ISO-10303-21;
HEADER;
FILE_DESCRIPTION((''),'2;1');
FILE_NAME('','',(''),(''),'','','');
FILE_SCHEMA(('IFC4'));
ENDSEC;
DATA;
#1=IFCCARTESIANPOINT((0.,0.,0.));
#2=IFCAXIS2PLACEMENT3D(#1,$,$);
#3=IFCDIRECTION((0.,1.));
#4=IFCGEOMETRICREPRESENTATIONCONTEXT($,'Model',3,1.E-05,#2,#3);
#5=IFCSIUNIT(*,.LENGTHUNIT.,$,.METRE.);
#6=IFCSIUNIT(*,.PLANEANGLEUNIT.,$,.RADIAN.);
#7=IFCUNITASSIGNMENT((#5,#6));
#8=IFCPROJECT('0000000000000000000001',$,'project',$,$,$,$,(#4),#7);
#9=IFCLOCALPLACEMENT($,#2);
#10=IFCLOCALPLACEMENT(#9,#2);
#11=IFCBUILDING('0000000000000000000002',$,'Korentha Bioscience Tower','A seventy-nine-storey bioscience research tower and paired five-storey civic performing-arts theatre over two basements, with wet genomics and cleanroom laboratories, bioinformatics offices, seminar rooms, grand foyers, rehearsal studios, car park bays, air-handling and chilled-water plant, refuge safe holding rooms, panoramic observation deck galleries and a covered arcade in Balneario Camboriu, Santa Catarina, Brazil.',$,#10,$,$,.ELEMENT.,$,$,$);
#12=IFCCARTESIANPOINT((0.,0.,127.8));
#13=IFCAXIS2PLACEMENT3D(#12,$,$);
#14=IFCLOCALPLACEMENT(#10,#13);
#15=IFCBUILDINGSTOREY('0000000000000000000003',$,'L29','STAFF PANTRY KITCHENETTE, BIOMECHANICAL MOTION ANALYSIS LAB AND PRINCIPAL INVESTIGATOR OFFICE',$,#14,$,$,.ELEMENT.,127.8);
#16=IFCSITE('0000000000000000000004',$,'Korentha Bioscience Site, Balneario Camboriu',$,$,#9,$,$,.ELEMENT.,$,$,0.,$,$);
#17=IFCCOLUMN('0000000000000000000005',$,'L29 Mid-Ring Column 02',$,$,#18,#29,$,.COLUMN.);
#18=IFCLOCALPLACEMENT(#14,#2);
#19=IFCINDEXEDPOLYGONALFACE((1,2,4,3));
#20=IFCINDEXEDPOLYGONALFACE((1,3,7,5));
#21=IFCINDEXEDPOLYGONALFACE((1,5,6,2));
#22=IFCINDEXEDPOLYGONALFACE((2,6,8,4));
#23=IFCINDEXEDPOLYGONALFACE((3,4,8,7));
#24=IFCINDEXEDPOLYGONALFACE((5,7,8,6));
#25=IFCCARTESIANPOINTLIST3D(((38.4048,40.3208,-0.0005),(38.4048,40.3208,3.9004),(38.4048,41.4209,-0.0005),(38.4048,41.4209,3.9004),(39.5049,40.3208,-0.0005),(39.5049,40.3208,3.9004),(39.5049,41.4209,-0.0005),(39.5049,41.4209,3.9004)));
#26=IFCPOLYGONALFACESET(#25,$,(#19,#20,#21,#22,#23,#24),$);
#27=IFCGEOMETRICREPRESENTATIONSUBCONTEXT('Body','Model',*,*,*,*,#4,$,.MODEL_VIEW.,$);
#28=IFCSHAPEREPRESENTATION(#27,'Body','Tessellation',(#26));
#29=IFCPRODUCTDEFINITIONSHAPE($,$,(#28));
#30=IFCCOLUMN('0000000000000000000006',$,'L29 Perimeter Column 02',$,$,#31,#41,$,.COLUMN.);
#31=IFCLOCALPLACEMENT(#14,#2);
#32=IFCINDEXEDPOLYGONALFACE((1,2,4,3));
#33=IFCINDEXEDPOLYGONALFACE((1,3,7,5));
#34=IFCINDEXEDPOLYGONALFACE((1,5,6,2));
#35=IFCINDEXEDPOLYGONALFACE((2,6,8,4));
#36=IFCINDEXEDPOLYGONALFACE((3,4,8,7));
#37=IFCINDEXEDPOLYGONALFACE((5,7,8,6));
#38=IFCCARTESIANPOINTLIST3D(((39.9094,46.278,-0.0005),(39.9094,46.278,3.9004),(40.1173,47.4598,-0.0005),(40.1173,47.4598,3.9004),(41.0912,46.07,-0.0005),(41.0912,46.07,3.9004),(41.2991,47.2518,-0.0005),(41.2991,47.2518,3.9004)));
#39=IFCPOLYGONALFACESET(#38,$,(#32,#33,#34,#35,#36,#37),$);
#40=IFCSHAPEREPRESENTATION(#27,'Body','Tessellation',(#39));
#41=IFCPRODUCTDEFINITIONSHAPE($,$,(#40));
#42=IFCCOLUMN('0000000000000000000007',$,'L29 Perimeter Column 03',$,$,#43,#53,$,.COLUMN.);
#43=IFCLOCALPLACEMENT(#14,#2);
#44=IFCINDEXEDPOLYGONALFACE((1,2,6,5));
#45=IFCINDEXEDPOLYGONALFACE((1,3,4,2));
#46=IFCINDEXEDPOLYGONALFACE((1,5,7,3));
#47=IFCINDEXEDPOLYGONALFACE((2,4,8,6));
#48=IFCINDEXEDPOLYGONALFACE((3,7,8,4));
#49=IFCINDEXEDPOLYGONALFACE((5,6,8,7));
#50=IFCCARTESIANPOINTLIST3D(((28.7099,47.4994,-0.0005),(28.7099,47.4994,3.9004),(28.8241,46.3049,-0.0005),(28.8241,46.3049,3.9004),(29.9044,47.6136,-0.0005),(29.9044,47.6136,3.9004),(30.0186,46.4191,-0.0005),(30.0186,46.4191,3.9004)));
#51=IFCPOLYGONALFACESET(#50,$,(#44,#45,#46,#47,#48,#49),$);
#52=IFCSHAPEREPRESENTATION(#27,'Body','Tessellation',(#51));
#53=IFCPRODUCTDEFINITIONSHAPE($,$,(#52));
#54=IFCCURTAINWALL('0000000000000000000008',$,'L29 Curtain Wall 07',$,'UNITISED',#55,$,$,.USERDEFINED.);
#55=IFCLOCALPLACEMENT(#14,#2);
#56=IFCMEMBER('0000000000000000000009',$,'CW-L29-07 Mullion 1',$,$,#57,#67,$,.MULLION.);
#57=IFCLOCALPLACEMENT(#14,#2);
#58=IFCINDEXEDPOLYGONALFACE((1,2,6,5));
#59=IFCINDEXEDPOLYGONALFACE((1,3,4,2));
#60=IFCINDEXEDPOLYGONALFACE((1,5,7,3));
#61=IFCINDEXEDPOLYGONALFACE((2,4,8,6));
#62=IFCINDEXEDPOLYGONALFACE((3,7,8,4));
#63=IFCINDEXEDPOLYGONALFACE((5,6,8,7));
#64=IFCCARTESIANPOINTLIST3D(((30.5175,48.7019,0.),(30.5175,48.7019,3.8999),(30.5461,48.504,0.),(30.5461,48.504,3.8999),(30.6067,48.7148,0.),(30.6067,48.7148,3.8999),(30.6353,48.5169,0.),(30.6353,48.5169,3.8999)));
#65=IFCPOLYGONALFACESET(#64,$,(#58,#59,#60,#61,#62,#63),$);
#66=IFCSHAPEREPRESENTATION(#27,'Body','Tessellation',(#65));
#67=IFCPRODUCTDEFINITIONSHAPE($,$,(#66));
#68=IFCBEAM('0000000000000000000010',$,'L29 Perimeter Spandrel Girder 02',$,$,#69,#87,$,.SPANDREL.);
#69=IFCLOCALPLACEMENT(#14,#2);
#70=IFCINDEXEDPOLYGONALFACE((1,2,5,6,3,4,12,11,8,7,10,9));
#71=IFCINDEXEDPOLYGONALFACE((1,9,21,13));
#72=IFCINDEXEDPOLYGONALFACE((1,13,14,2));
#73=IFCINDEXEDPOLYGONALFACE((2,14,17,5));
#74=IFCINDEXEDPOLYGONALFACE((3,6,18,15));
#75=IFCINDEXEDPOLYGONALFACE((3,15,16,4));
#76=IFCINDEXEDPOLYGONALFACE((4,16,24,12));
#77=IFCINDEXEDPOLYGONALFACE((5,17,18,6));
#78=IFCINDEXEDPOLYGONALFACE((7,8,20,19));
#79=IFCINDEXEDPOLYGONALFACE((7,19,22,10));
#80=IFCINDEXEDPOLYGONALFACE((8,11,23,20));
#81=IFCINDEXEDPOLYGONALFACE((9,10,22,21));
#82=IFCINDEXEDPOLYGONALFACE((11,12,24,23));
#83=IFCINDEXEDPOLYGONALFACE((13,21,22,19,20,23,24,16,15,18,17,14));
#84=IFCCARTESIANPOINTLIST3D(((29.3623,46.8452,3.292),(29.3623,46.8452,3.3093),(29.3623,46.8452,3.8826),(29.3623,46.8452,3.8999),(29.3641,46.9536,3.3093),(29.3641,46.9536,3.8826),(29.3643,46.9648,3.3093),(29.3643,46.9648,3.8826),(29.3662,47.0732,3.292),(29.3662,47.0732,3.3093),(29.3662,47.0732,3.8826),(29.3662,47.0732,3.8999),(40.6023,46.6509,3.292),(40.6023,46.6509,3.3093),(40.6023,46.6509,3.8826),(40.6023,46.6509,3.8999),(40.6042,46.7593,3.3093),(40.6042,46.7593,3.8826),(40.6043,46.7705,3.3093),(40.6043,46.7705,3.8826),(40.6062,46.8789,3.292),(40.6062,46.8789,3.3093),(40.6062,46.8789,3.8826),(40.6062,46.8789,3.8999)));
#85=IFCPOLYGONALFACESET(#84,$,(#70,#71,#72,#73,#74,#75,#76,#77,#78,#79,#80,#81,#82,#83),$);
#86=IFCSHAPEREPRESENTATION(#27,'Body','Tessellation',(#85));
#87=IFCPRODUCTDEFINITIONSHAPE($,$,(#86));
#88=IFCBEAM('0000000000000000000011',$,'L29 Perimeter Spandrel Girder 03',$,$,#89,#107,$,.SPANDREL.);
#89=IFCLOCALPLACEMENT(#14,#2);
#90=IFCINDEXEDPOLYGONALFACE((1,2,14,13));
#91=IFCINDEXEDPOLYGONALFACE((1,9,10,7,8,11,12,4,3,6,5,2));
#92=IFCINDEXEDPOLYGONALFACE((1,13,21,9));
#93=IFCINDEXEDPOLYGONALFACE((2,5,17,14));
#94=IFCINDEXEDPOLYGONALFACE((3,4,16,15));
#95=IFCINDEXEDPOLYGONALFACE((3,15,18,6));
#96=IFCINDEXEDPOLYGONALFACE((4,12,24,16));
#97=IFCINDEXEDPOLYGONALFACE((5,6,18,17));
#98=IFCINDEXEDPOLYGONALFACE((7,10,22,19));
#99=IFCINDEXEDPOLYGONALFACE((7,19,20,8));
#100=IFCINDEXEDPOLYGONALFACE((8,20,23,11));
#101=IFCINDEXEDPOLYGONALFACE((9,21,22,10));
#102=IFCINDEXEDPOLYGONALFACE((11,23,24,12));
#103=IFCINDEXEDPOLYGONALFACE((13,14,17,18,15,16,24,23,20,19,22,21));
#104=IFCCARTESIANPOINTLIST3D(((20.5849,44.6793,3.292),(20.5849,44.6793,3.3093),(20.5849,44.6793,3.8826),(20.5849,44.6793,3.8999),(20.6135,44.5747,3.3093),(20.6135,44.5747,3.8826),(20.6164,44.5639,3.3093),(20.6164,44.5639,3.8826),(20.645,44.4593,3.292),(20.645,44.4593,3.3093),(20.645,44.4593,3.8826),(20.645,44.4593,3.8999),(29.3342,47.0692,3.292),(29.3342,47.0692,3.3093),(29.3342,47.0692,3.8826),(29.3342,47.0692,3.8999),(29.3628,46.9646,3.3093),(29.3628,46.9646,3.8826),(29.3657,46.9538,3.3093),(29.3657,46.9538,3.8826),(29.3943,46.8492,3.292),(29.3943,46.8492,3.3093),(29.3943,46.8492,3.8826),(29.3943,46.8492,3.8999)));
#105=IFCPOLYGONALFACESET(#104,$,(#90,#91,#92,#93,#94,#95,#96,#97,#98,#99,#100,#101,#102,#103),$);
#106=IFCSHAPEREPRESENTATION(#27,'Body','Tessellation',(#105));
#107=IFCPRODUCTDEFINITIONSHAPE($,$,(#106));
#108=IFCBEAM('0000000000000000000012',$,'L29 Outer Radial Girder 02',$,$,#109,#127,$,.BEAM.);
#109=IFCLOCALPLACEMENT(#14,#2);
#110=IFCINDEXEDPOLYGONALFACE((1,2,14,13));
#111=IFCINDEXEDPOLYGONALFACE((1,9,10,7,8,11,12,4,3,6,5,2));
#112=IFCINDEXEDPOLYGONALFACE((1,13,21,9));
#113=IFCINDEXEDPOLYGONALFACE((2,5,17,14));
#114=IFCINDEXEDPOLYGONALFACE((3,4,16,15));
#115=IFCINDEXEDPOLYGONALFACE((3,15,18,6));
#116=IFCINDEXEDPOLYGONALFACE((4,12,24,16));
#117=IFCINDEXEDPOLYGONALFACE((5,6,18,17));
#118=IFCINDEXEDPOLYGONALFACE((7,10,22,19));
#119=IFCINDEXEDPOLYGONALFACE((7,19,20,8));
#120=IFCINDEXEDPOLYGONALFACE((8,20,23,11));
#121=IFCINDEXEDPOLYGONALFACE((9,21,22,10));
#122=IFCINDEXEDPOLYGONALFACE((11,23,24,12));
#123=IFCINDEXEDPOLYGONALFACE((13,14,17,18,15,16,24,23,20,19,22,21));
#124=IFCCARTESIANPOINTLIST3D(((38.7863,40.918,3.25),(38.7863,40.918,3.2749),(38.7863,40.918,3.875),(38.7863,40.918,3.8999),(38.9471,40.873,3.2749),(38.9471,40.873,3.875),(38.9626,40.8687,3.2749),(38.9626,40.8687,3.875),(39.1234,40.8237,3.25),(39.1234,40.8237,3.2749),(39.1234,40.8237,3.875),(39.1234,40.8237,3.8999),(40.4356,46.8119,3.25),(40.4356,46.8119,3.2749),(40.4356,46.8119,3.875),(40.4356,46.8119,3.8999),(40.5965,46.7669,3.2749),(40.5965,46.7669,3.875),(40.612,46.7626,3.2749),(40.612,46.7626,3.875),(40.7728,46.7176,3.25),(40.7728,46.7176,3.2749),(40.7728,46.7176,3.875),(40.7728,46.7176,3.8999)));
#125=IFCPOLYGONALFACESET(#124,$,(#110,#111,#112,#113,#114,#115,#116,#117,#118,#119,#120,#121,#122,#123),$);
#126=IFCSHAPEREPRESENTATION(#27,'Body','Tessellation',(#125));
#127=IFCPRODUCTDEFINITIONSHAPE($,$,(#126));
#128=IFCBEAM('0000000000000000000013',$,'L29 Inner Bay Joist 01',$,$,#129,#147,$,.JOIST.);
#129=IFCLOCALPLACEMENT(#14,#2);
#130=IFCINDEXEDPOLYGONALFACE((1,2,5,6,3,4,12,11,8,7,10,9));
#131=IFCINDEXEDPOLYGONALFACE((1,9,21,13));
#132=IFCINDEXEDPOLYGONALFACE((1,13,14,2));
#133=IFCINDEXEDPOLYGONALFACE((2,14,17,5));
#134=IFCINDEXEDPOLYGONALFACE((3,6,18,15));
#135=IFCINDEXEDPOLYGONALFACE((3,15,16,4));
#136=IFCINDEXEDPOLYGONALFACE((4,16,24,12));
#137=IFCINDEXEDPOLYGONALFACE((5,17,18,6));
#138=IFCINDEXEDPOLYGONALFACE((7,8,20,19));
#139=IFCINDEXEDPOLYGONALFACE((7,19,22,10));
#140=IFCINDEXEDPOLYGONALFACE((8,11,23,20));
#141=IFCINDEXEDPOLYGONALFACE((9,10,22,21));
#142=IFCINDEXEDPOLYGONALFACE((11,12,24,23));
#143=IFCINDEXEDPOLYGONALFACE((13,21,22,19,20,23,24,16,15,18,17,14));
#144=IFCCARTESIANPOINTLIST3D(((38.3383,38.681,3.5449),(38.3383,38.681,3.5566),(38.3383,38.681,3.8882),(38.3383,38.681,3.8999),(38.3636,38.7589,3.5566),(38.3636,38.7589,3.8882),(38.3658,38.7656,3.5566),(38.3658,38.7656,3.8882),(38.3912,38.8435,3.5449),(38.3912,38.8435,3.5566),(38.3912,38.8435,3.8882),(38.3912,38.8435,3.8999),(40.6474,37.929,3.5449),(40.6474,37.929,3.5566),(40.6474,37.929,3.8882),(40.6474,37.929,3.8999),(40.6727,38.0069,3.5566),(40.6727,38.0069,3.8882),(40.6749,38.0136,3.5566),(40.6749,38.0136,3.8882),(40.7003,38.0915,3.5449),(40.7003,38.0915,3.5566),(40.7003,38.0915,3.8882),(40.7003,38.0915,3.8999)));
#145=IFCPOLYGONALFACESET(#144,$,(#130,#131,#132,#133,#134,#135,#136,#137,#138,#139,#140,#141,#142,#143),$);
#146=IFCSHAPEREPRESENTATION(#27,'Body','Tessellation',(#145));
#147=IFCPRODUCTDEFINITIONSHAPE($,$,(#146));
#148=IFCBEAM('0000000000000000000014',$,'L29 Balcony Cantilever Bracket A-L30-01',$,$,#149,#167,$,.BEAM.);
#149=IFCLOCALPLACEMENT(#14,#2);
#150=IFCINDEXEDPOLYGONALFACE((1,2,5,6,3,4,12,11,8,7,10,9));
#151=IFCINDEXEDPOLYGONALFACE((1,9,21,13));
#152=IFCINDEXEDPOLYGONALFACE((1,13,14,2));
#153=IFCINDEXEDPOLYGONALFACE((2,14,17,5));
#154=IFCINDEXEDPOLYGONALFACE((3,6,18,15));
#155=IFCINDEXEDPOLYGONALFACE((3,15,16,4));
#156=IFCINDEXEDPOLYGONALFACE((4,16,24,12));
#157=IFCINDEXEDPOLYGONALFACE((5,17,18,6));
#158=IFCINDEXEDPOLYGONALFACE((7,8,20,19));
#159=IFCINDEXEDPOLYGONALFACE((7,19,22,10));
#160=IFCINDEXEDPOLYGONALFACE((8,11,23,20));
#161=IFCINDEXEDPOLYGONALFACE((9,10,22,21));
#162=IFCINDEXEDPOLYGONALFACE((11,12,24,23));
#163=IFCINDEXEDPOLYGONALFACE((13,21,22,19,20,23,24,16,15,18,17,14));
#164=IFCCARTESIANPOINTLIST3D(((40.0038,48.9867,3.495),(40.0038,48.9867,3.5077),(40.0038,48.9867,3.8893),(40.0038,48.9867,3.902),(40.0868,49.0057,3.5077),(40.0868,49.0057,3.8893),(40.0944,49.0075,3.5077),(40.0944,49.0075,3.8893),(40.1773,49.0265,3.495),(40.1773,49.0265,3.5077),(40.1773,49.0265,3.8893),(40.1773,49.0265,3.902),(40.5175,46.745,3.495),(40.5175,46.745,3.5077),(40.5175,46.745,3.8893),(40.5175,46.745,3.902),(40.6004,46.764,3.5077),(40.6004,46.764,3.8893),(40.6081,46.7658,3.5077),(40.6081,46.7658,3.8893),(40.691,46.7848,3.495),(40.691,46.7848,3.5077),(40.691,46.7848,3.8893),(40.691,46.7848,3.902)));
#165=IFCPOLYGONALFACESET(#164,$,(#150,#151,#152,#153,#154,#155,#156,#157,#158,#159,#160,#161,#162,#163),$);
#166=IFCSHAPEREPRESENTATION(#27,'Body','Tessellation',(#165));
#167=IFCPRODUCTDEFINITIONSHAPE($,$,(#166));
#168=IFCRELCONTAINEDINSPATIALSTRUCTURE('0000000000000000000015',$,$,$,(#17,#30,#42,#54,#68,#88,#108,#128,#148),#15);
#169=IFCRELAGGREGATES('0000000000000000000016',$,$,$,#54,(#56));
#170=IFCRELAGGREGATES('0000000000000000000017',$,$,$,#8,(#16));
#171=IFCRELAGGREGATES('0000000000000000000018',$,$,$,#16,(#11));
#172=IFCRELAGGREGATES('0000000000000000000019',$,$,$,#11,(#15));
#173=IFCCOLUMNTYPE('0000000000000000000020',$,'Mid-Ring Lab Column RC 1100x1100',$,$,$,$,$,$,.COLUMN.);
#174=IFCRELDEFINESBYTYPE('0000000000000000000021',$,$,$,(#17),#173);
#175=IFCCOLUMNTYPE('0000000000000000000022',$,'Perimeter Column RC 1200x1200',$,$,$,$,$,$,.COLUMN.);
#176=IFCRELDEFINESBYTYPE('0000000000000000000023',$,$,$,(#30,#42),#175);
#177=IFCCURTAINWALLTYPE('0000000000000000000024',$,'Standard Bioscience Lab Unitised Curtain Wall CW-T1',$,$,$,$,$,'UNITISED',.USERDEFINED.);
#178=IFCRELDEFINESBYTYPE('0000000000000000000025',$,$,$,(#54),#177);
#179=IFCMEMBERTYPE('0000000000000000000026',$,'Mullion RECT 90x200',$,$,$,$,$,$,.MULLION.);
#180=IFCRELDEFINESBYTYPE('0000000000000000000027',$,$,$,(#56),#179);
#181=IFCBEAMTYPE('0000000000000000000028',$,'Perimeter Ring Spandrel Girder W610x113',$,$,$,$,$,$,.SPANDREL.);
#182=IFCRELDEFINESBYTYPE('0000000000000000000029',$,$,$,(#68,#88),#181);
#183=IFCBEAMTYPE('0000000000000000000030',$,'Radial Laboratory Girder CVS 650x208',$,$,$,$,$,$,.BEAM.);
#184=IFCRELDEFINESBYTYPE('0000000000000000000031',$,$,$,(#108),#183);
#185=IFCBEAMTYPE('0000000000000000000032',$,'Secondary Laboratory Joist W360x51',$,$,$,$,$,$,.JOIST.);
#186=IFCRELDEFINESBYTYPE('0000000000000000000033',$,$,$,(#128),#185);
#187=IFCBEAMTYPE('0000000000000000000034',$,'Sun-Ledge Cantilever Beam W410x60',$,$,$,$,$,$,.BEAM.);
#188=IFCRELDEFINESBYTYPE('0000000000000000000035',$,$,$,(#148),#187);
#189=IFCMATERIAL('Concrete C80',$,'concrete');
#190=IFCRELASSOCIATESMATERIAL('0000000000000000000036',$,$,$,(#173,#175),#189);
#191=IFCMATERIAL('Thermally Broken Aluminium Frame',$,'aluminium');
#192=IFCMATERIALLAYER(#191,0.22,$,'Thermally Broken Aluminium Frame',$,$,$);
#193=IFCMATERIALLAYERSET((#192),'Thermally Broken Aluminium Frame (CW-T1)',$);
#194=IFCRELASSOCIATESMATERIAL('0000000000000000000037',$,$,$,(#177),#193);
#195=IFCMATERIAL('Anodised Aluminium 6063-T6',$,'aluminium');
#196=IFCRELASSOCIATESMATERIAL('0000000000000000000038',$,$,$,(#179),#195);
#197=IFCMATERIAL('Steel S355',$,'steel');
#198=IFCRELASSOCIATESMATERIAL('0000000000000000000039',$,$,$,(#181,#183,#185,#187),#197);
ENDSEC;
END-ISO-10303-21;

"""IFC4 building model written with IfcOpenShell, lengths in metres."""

from ifc_helpers import new_model, si_unit, direction, frame, origin, origin_2d, place, context, subcontext, project, spatial, rectangle, i_section, extrude, material, layer, layer_set, material_profile, profile_set, type_object, element, aggregate, save


model = new_model("IFC4")

# Units and contexts
model_context = context("Model", 3, precision=1e-05, world=origin(), true_north=direction((0.0, 1.0)))
body_context = subcontext(model_context, "Body", "Model", "MODEL_VIEW")
ifc_project = project(units=[si_unit("LENGTHUNIT", "METRE"), si_unit("PLANEANGLEUNIT", "RADIAN")], contexts=[model_context])

# Site, building, storey
site_placement = place(None, origin())
site = spatial("IfcSite", under=ifc_project, at=site_placement, Name="Korentha Bioscience Site, Balneario Camboriu", CompositionType="ELEMENT", RefElevation=0.0)
building_placement = place(site_placement, origin())
building = spatial("IfcBuilding", under=site, at=building_placement, Name="Korentha Bioscience Tower", Description="A seventy-nine-storey bioscience research tower and paired five-storey civic performing-arts theatre over two basements, with wet genomics and cleanroom laboratories, bioinformatics offices, seminar rooms, grand foyers, rehearsal studios, car park bays, air-handling and chilled-water plant, refuge safe holding rooms, panoramic observation deck galleries and a covered arcade in Balneario Camboriu, Santa Catarina, Brazil.", CompositionType="ELEMENT")
storey_placement = place(building_placement, frame((0.0, 0.0, 127.8)))
storey = spatial("IfcBuildingStorey", under=building, at=storey_placement, Name="L29", Description="STAFF PANTRY KITCHENETTE, BIOMECHANICAL MOTION ANALYSIS LAB AND PRINCIPAL INVESTIGATOR OFFICE", CompositionType="ELEMENT", Elevation=127.8)

# Columns
ifc_material_1 = material(Name="Concrete C80", Category="concrete")
ifc_material_profile_1 = material_profile(ifc_material_1, rectangle(XDim=1.1001, YDim=1.1001, at=origin_2d()), Name="Concrete C80")
ifc_profile_set_1 = profile_set([ifc_material_profile_1], Name="Concrete C80 (COL-MR11)")
column_type_1 = type_object("IfcColumnType", Name="Mid-Ring Lab Column RC 1100x1100", PredefinedType="COLUMN", material=ifc_profile_set_1)
column_placement = place(storey_placement, frame((38.9548, 40.8708, -0.0005), z_axis=(0.0, 0.0, 1.0), x_axis=(1.0, 0.0, 0.0)))
element("IfcColumn", 1, at=column_placement, inside=storey, type_object=column_type_1, Name="L29 Mid-Ring Column 02", PredefinedType="COLUMN", context=body_context, shape_type="SweptSolid", body=[
    extrude(rectangle(XDim=1.1001, YDim=1.1001, at=origin_2d()), origin(), (0.0, 0.0, 1.0), 3.9009),
])
ifc_material_profile_2 = material_profile(ifc_material_1, rectangle(XDim=1.2, YDim=1.2, at=origin_2d()), Name="Concrete C80")
ifc_profile_set_2 = profile_set([ifc_material_profile_2], Name="Concrete C80 (COL-P12)")
column_type_2 = type_object("IfcColumnType", Name="Perimeter Column RC 1200x1200", PredefinedType="COLUMN", material=ifc_profile_set_2)
for number, where, z_axis, x_axis, name in (
    (2, (40.6042, 46.7649, -0.0005), (0.0, 0.0, 1.0), (-0.984868, 0.173304, 0.0), "L29 Perimeter Column 02"),
    (3, (29.3643, 46.9592, -0.0005), (0.0, 0.0, 1.0), (0.995463, 0.095151, 0.0), "L29 Perimeter Column 03"),
):
    element("IfcColumn", number, at=place(storey_placement, frame(where, z_axis=z_axis, x_axis=x_axis)), inside=storey, type_object=column_type_2, Name=name, PredefinedType="COLUMN", context=body_context, shape_type="SweptSolid", body=[
        extrude(rectangle(XDim=1.2, YDim=1.2, at=origin_2d()), origin(), (0.0, 0.0, 1.0), 3.9009),
    ])

# Curtain wall, member
ifc_material_2 = material(Name="Thermally Broken Aluminium Frame", Category="aluminium")
ifc_layer_1 = layer(ifc_material_2, 0.22, Name="Thermally Broken Aluminium Frame")
ifc_layer_set_1 = layer_set([ifc_layer_1], Name="Thermally Broken Aluminium Frame (CW-T1)")
curtain_wall_type = type_object("IfcCurtainWallType", Name="Standard Bioscience Lab Unitised Curtain Wall CW-T1", ElementType="UNITISED", PredefinedType="USERDEFINED", material=ifc_layer_set_1)
curtain_wall_placement = place(storey_placement, origin())
curtain_wall = element("IfcCurtainWall", 4, at=curtain_wall_placement, inside=storey, type_object=curtain_wall_type, Name="L29 Curtain Wall 07", ObjectType="UNITISED", PredefinedType="USERDEFINED")
ifc_material_3 = material(Name="Anodised Aluminium 6063-T6", Category="aluminium")
ifc_material_profile_3 = material_profile(ifc_material_3, rectangle(XDim=0.0901, YDim=0.2, at=origin_2d()), Name="Anodised Aluminium 6063-T6")
ifc_profile_set_3 = profile_set([ifc_material_profile_3], Name="Anodised Aluminium 6063-T6 (CW-MUL)")
member_type_1 = type_object("IfcMemberType", Name="Mullion RECT 90x200", PredefinedType="MULLION", material=ifc_profile_set_3)
member_1_placement = place(storey_placement, frame((30.5764, 48.6094, 0.0), z_axis=(0.0, 0.0, 1.0), x_axis=(-0.989738, -0.142892, 0.0)))
member_1 = element("IfcMember", 5, at=member_1_placement, type_object=member_type_1, Name="CW-L29-07 Mullion 1", PredefinedType="MULLION", context=body_context, shape_type="SweptSolid", body=[
    extrude(rectangle(XDim=0.0901, YDim=0.2, at=origin_2d()), origin(), (0.0, 0.0, 1.0), 3.8999),
])

# Beams
ifc_material_4 = material(Name="Steel S355", Category="steel")
ifc_material_profile_4 = material_profile(ifc_material_4, i_section(OverallWidth=0.228, OverallDepth=0.6079, WebThickness=0.0112, FlangeThickness=0.0173, at=origin_2d()), Name="Steel S355")
ifc_profile_set_4 = profile_set([ifc_material_profile_4], Name="Steel S355 (SB-610)")
beam_type_1 = type_object("IfcBeamType", Name="Perimeter Ring Spandrel Girder W610x113", PredefinedType="SPANDREL", material=ifc_profile_set_4)
beam_1_placement = place(storey_placement, frame((40.6042, 46.7649, 3.5959), z_axis=(-0.999851, 0.017287, 0.0), x_axis=(-0.017287, -0.999851, 0.0)))
element("IfcBeam", 6, at=beam_1_placement, inside=storey, type_object=beam_type_1, Name="L29 Perimeter Spandrel Girder 02", PredefinedType="SPANDREL", context=body_context, shape_type="SweptSolid", body=[
    extrude(i_section(OverallWidth=0.228, OverallDepth=0.6079, WebThickness=0.0112, FlangeThickness=0.0173, at=origin_2d()), origin(), (0.0, 0.0, 1.0), 11.2417),
])
beam_2_placement = place(storey_placement, frame((29.3643, 46.9592, 3.5959), z_axis=(-0.964659, -0.2635, 0.0), x_axis=(0.2635, -0.964659, 0.0)))
element("IfcBeam", 7, at=beam_2_placement, inside=storey, type_object=beam_type_1, Name="L29 Perimeter Spandrel Girder 03", PredefinedType="SPANDREL", context=body_context, shape_type="SweptSolid", body=[
    extrude(i_section(OverallWidth=0.228, OverallDepth=0.6079, WebThickness=0.0112, FlangeThickness=0.0173, at=origin_2d()), origin(), (0.0, 0.0, 1.0), 9.0698),
])
ifc_material_profile_5 = material_profile(ifc_material_4, i_section(OverallWidth=0.3501, OverallDepth=0.6499, WebThickness=0.0161, FlangeThickness=0.0249, at=origin_2d()), Name="Steel S355")
ifc_profile_set_5 = profile_set([ifc_material_profile_5], Name="Steel S355 (RB-650)")
beam_type_2 = type_object("IfcBeamType", Name="Radial Laboratory Girder CVS 650x208", PredefinedType="BEAM", material=ifc_profile_set_5)
beam_3_placement = place(storey_placement, frame((38.9548, 40.8708, 3.575), z_axis=(0.269491, 0.963003, 0.0), x_axis=(-0.963003, 0.269491, 0.0)))
element("IfcBeam", 8, at=beam_3_placement, inside=storey, type_object=beam_type_2, Name="L29 Outer Radial Girder 02", PredefinedType="BEAM", context=body_context, shape_type="SweptSolid", body=[
    extrude(i_section(OverallWidth=0.3501, OverallDepth=0.6499, WebThickness=0.0161, FlangeThickness=0.0249, at=origin_2d()), origin(), (0.0, 0.0, 1.0), 6.1204),
])
ifc_material_profile_6 = material_profile(ifc_material_4, i_section(OverallWidth=0.1709, OverallDepth=0.355, WebThickness=0.0071, FlangeThickness=0.0117, at=origin_2d()), Name="Steel S355")
ifc_profile_set_6 = profile_set([ifc_material_profile_6], Name="Steel S355 (JB-360)")
beam_type_3 = type_object("IfcBeamType", Name="Secondary Laboratory Joist W360x51", PredefinedType="JOIST", material=ifc_profile_set_6)
beam_4_placement = place(storey_placement, frame((40.6738, 38.0103, 3.7224), z_axis=(-0.950852, 0.309645, 0.0), x_axis=(-0.309645, -0.950852, 0.0)))
element("IfcBeam", 9, at=beam_4_placement, inside=storey, type_object=beam_type_3, Name="L29 Inner Bay Joist 01", PredefinedType="JOIST", context=body_context, shape_type="SweptSolid", body=[
    extrude(i_section(OverallWidth=0.1709, OverallDepth=0.355, WebThickness=0.0071, FlangeThickness=0.0117, at=origin_2d()), origin(), (0.0, 0.0, 1.0), 2.4285),
])
ifc_material_profile_7 = material_profile(ifc_material_4, i_section(OverallWidth=0.178, OverallDepth=0.407, WebThickness=0.0078, FlangeThickness=0.0127, at=origin_2d()), Name="Steel S355")
ifc_profile_set_7 = profile_set([ifc_material_profile_7], Name="Steel S355 (CB-410)")
beam_type_4 = type_object("IfcBeamType", Name="Sun-Ledge Cantilever Beam W410x60", PredefinedType="BEAM", material=ifc_profile_set_7)
beam_5_placement = place(storey_placement, frame((40.6042, 46.7649, 3.6985), z_axis=(-0.223355, 0.974737, 0.0), x_axis=(-0.974737, -0.223355, 0.0)))
element("IfcBeam", 10, at=beam_5_placement, inside=storey, type_object=beam_type_4, Name="L29 Balcony Cantilever Bracket A-L30-01", PredefinedType="BEAM", context=body_context, shape_type="SweptSolid", body=[
    extrude(i_section(OverallWidth=0.178, OverallDepth=0.407, WebThickness=0.0078, FlangeThickness=0.0127, at=origin_2d()), origin(), (0.0, 0.0, 1.0), 2.2998),
])

aggregate(curtain_wall, [member_1])

save(model, "model.ifc")
